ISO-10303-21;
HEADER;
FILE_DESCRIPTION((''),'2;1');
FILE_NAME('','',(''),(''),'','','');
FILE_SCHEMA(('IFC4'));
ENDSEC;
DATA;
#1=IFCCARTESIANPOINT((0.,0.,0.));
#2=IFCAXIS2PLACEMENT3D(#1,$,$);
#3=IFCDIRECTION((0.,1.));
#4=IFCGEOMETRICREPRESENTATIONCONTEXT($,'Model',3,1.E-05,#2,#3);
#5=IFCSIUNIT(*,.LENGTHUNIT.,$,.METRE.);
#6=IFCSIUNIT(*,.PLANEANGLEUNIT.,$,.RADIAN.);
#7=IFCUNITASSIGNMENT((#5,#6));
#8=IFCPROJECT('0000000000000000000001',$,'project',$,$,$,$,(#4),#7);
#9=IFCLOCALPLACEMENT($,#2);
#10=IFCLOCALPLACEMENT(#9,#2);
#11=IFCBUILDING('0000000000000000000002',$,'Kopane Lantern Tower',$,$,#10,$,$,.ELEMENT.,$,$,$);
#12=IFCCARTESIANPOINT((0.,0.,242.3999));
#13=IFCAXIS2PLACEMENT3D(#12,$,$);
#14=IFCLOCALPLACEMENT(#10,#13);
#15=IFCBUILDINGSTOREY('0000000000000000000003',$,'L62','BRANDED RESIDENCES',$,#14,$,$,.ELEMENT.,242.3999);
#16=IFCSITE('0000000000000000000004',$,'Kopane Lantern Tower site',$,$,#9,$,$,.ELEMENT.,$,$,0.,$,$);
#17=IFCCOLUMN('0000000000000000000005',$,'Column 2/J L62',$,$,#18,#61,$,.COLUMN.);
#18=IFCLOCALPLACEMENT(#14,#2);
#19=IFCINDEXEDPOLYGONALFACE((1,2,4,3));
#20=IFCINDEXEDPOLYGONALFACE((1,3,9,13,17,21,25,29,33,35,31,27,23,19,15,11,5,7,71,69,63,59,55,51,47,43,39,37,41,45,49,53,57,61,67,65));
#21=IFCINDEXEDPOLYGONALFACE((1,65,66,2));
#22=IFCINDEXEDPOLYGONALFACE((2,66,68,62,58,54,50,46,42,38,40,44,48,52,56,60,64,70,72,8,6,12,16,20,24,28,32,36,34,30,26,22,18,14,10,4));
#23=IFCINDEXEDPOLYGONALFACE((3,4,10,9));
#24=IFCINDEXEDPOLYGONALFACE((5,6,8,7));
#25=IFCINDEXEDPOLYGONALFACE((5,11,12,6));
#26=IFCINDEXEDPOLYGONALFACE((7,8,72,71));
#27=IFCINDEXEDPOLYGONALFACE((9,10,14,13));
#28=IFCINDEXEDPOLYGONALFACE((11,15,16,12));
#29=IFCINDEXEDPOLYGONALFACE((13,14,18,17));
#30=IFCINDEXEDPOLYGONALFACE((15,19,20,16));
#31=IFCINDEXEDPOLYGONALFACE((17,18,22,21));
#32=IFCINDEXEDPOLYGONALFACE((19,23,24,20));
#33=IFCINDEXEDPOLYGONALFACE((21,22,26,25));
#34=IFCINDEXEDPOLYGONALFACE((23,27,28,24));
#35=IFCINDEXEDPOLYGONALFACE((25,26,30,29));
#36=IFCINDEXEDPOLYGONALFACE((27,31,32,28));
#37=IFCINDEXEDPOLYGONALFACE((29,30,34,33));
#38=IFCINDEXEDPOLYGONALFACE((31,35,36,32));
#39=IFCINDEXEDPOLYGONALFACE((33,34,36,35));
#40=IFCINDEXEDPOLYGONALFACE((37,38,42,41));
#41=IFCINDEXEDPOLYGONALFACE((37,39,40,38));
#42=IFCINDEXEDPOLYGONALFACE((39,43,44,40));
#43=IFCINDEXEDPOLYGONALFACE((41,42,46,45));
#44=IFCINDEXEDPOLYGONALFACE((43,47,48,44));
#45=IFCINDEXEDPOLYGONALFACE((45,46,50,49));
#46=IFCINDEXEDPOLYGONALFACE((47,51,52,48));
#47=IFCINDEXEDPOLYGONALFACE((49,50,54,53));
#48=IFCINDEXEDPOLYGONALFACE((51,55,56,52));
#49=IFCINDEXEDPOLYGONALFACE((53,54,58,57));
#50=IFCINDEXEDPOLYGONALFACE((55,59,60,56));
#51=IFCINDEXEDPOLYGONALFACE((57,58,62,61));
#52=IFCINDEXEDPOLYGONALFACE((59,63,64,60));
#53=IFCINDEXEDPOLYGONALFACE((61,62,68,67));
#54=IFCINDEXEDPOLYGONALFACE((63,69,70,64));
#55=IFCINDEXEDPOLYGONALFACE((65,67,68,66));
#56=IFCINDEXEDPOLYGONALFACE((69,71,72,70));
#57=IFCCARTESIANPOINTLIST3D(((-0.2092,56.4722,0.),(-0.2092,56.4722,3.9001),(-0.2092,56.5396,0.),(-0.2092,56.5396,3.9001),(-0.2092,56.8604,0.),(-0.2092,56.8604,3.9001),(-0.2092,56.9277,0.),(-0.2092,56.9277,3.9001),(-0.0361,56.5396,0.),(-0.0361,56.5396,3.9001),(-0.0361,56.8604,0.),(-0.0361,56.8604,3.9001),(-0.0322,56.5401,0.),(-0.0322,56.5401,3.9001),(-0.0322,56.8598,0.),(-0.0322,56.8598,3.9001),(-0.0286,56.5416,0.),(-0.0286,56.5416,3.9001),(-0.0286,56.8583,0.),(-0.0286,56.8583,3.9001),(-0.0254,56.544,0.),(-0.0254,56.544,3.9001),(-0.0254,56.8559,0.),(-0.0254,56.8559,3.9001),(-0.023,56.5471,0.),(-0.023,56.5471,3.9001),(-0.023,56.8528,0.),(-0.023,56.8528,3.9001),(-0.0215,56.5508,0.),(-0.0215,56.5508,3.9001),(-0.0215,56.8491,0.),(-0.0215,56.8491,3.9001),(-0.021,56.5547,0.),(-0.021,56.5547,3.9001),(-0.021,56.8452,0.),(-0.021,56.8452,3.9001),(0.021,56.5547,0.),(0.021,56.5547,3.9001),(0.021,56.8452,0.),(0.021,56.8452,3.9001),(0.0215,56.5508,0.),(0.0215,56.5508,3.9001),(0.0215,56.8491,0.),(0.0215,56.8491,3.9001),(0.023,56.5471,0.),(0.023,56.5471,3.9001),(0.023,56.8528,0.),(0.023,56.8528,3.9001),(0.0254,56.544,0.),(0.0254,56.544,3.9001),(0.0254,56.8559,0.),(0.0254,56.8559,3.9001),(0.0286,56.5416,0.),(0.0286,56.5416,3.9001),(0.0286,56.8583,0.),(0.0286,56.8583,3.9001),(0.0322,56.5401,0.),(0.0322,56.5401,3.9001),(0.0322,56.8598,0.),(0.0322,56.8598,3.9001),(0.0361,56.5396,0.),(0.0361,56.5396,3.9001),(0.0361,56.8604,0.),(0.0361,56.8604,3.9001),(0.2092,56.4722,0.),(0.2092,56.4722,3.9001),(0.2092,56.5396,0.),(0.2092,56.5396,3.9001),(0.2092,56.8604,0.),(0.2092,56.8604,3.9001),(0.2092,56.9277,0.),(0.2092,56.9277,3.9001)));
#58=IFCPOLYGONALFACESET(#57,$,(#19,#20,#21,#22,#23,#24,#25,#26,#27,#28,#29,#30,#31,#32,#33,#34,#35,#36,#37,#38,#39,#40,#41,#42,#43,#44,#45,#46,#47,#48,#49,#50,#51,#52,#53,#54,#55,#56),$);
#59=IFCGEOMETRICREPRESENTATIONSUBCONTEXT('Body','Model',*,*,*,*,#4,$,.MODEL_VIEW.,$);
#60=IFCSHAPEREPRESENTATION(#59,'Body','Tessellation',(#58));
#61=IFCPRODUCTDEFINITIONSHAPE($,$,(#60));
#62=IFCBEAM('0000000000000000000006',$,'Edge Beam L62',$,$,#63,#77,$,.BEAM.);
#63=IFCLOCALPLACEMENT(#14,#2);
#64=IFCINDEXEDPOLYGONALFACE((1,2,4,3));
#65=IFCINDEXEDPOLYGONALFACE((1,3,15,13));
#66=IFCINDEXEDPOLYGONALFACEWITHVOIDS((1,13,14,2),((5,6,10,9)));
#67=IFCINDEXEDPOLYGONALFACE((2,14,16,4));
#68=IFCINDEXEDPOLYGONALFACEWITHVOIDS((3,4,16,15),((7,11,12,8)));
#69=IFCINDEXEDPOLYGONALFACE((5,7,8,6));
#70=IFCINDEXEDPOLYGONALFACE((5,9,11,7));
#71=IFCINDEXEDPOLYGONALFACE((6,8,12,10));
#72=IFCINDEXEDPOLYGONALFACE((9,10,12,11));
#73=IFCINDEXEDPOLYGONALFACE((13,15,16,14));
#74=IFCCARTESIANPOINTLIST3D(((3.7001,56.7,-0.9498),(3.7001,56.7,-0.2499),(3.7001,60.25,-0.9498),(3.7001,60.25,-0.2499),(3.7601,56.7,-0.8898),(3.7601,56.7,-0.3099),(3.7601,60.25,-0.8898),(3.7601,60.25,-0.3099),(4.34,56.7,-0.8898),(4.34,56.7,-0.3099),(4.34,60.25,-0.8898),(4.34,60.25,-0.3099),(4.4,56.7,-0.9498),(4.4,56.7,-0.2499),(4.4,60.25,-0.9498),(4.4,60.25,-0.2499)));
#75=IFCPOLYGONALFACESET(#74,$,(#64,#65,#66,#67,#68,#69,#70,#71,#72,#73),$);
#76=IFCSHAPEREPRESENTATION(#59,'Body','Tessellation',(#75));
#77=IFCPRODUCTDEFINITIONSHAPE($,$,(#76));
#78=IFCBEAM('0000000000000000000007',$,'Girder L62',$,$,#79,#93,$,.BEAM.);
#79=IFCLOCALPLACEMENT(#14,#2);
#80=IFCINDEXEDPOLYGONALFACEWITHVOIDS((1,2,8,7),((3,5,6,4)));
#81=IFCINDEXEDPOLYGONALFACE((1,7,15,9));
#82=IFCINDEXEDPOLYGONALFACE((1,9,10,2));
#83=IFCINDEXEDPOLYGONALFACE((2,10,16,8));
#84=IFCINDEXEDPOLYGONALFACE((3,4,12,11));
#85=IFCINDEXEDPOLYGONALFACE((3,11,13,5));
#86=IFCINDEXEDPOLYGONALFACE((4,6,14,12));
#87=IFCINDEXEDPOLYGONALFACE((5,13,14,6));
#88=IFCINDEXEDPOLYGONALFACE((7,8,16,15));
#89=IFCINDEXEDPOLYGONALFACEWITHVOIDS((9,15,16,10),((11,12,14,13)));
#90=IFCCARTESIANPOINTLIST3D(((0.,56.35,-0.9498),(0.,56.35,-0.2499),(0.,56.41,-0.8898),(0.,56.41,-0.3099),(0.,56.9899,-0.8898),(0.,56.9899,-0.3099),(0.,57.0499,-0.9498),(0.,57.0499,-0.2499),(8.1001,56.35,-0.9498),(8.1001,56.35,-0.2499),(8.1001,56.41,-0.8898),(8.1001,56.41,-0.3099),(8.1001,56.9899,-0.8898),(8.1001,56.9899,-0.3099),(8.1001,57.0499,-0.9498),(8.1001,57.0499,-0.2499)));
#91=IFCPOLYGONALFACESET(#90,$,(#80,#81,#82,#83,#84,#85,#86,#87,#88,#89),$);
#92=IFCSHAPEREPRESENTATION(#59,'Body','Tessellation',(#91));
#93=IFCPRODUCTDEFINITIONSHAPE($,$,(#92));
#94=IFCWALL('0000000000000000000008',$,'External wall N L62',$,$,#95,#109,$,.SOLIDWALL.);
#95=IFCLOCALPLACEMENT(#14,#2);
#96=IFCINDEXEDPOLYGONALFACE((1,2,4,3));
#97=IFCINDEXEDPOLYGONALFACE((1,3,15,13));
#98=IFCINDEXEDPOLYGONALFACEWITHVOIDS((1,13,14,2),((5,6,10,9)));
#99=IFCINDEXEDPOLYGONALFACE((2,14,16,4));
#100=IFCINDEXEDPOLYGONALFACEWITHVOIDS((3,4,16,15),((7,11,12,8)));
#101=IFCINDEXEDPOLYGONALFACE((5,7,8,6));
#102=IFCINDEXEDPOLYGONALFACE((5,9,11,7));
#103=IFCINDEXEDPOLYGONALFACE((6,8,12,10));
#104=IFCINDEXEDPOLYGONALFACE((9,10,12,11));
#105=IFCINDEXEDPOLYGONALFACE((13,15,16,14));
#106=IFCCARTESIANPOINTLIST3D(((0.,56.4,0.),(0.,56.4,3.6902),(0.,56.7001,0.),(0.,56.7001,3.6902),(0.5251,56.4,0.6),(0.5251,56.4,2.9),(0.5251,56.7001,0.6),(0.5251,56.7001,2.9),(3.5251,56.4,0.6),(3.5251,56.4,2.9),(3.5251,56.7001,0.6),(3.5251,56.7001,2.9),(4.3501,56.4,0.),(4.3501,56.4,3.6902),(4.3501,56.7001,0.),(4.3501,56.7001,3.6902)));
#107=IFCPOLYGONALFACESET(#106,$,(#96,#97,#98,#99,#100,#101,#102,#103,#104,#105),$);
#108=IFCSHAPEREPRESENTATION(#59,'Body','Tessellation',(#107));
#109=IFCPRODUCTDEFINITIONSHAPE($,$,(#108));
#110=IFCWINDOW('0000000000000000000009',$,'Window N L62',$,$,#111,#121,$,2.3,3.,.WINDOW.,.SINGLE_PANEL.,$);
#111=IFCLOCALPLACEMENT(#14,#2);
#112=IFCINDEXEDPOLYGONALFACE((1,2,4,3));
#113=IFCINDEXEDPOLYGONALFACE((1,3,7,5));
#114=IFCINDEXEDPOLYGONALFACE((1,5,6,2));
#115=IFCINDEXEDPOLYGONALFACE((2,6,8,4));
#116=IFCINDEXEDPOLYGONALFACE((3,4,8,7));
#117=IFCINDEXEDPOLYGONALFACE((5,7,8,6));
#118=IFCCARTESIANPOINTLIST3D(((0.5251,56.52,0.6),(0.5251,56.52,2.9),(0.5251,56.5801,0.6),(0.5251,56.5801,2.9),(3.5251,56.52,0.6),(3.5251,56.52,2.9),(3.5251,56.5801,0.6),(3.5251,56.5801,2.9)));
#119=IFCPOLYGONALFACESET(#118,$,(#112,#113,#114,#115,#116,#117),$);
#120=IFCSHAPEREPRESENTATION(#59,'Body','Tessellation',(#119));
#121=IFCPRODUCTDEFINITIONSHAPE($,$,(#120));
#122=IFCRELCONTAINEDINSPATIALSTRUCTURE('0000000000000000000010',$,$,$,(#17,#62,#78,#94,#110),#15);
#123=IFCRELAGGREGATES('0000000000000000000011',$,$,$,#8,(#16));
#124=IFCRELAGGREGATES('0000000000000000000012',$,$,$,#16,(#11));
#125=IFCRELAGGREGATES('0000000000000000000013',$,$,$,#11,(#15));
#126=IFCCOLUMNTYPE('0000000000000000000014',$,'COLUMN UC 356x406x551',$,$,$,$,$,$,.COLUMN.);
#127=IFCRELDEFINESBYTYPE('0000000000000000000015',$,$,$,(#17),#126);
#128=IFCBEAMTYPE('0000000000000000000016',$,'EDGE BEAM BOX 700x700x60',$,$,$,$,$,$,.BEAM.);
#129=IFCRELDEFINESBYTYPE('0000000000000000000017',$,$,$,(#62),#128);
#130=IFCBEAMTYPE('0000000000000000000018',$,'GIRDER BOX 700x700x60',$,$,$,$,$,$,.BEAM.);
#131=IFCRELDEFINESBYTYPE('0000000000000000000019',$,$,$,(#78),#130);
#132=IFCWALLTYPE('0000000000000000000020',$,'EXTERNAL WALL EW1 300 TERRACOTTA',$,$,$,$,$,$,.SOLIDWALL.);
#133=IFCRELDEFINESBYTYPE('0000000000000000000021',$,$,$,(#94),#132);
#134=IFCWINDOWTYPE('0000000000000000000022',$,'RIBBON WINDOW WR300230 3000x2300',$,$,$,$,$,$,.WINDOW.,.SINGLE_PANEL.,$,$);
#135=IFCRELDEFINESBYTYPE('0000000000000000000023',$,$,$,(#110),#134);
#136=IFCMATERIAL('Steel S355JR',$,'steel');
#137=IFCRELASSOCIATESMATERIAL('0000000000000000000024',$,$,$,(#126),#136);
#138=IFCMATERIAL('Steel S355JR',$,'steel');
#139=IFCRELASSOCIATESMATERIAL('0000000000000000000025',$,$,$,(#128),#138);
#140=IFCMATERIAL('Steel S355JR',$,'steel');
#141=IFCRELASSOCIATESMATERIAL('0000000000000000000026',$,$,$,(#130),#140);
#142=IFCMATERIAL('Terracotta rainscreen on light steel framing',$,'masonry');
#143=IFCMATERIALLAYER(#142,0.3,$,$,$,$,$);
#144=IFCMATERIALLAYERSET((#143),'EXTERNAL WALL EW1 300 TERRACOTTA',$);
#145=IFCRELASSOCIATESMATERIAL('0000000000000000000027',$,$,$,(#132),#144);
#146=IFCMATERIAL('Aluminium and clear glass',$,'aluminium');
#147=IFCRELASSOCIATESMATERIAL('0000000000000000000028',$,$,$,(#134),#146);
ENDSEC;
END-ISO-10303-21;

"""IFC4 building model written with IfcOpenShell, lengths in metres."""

from ifc_helpers import new_model, si_unit, direction, frame, frame_2d, origin, origin_2d, place, context, subcontext, project, spatial, rectangle, hollow_rectangle, i_section, extrude, material, layer, layer_set, material_profile, profile_set, type_object, element, fill, save


model = new_model("IFC4")

# Units and contexts
model_context = context("Model", 3, precision=1e-05, world=origin(), true_north=direction((0.0, 1.0)))
body_context = subcontext(model_context, "Body", "Model", "MODEL_VIEW")
ifc_project = project(units=[si_unit("LENGTHUNIT", "METRE"), si_unit("PLANEANGLEUNIT", "RADIAN")], contexts=[model_context])

# Site, building, storey
site_placement = place(None, origin())
site = spatial("IfcSite", under=ifc_project, at=site_placement, Name="Kopane Lantern Tower site", CompositionType="ELEMENT", RefElevation=0.0)
building_placement = place(site_placement, origin())
building = spatial("IfcBuilding", under=site, at=building_placement, Name="Kopane Lantern Tower", CompositionType="ELEMENT")
storey_placement = place(building_placement, frame((0.0, 0.0, 242.3999)))
storey = spatial("IfcBuildingStorey", under=building, at=storey_placement, Name="L62", Description="BRANDED RESIDENCES", CompositionType="ELEMENT", Elevation=242.3999)

# Column
ifc_material_1 = material(Name="Steel S355JR", Category="steel")
ifc_material_profile_1 = material_profile(ifc_material_1, i_section(OverallWidth=0.4185, OverallDepth=0.4556, WebThickness=0.042, FlangeThickness=0.0674, FilletRadius=0.0151, at=origin_2d()), Name="UC 356x406x551")
ifc_profile_set_1 = profile_set([ifc_material_profile_1], Name="Steel S355JR")
column_type = type_object("IfcColumnType", Name="COLUMN UC 356x406x551", PredefinedType="COLUMN", material=ifc_profile_set_1)
column_placement = place(storey_placement, frame((0.0, 56.7, 0.0), z_axis=(0.0, 0.0, 1.0), x_axis=(1.0, 0.0, 0.0)))
element("IfcColumn", 1, at=column_placement, inside=storey, type_object=column_type, Name="Column 2/J L62", PredefinedType="COLUMN", context=body_context, shape_type="SweptSolid", body=[
    extrude(i_section(OverallWidth=0.4185, OverallDepth=0.4556, WebThickness=0.042, FlangeThickness=0.0674, FilletRadius=0.0151, at=origin_2d()), origin(), (0.0, 0.0, 1.0), 3.9001),
])

# Beams
ifc_material_2 = material(Name="Steel S355JR", Category="steel")
ifc_material_profile_2 = material_profile(ifc_material_2, hollow_rectangle(XDim=0.7, YDim=0.7, WallThickness=0.0601, at=origin_2d()), Name="BOX 700x700x60")
ifc_profile_set_2 = profile_set([ifc_material_profile_2], Name="Steel S355JR")
beam_type_1 = type_object("IfcBeamType", Name="EDGE BEAM BOX 700x700x60", PredefinedType="BEAM", material=ifc_profile_set_2)
beam_1_placement = place(storey_placement, frame((4.05, 60.25, -0.5999), z_axis=(0.0, -1.0, 0.0), x_axis=(1.0, 0.0, 0.0)))
element("IfcBeam", 2, at=beam_1_placement, inside=storey, type_object=beam_type_1, Name="Edge Beam L62", PredefinedType="BEAM", context=body_context, shape_type="SweptSolid", body=[
    extrude(hollow_rectangle(XDim=0.7, YDim=0.7, WallThickness=0.0601, at=origin_2d()), origin(), (0.0, 0.0, 1.0), 3.55),
])
ifc_material_3 = material(Name="Steel S355JR", Category="steel")
ifc_material_profile_3 = material_profile(ifc_material_3, hollow_rectangle(XDim=0.7, YDim=0.7, WallThickness=0.0601, at=origin_2d()), Name="BOX 700x700x60")
ifc_profile_set_3 = profile_set([ifc_material_profile_3], Name="Steel S355JR")
beam_type_2 = type_object("IfcBeamType", Name="GIRDER BOX 700x700x60", PredefinedType="BEAM", material=ifc_profile_set_3)
beam_2_placement = place(storey_placement, frame((0.0, 56.7, -0.5999), z_axis=(1.0, 0.0, 0.0), x_axis=(0.0, 1.0, 0.0)))
element("IfcBeam", 3, at=beam_2_placement, inside=storey, type_object=beam_type_2, Name="Girder L62", PredefinedType="BEAM", context=body_context, shape_type="SweptSolid", body=[
    extrude(hollow_rectangle(XDim=0.7, YDim=0.7, WallThickness=0.0601, at=origin_2d()), origin(), (0.0, 0.0, 1.0), 8.1001),
])

# Wall, opening, window
ifc_material_4 = material(Name="Terracotta rainscreen on light steel framing", Category="masonry")
ifc_layer = layer(ifc_material_4, 0.3)
ifc_layer_set = layer_set([ifc_layer], Name="EXTERNAL WALL EW1 300 TERRACOTTA")
wall_type = type_object("IfcWallType", Name="EXTERNAL WALL EW1 300 TERRACOTTA", PredefinedType="SOLIDWALL", material=ifc_layer_set)
wall_1_placement = place(storey_placement, frame((4.3501, 56.55, 0.0), z_axis=(0.0, 0.0, 1.0), x_axis=(-1.0, 0.0, 0.0)))
wall_1 = element("IfcWall", 4, at=wall_1_placement, inside=storey, type_object=wall_type, Name="External wall N L62", PredefinedType="SOLIDWALL", context=body_context, shape_type="SweptSolid", body=[
    extrude(rectangle(XDim=4.3501, YDim=0.3, at=frame_2d((2.175, 0.0))), origin(), (0.0, 0.0, 1.0), 3.6902),
])
opening_1_placement = place(wall_1_placement, frame((0.825, 0.0, 0.6001)))
opening_1 = element("IfcOpeningElement", 5, at=opening_1_placement, cuts=wall_1, PredefinedType="OPENING", context=body_context, shape_type="SweptSolid", body=[
    extrude(rectangle(XDim=3.0, YDim=2.3, at=frame_2d((1.5, 1.1499))), frame((0.0, 0.1599, 0.0), z_axis=(0.0, -1.0, 0.0), x_axis=(1.0, 0.0, 0.0)), (0.0, 0.0, 1.0), 0.3201),
])
ifc_material_5 = material(Name="Aluminium and clear glass", Category="aluminium")
window_type = type_object("IfcWindowType", Name="RIBBON WINDOW WR300230 3000x2300", PartitioningType="SINGLE_PANEL", PredefinedType="WINDOW", material=ifc_material_5)
window_1_placement = place(opening_1_placement, origin())
window_1 = element("IfcWindow", 6, at=window_1_placement, inside=storey, type_object=window_type, Name="Window N L62", OverallHeight=2.3, OverallWidth=3.0, PartitioningType="SINGLE_PANEL", PredefinedType="WINDOW", context=body_context, shape_type="SweptSolid", body=[
    extrude(rectangle(XDim=3.0, YDim=2.3, at=frame_2d((1.5, 1.1499))), frame((0.0, 0.03, 0.0), z_axis=(0.0, -1.0, 0.0), x_axis=(1.0, 0.0, 0.0)), (0.0, 0.0, 1.0), 0.0601),
])
fill(opening_1, window_1)

save(model, "model.ifc")
